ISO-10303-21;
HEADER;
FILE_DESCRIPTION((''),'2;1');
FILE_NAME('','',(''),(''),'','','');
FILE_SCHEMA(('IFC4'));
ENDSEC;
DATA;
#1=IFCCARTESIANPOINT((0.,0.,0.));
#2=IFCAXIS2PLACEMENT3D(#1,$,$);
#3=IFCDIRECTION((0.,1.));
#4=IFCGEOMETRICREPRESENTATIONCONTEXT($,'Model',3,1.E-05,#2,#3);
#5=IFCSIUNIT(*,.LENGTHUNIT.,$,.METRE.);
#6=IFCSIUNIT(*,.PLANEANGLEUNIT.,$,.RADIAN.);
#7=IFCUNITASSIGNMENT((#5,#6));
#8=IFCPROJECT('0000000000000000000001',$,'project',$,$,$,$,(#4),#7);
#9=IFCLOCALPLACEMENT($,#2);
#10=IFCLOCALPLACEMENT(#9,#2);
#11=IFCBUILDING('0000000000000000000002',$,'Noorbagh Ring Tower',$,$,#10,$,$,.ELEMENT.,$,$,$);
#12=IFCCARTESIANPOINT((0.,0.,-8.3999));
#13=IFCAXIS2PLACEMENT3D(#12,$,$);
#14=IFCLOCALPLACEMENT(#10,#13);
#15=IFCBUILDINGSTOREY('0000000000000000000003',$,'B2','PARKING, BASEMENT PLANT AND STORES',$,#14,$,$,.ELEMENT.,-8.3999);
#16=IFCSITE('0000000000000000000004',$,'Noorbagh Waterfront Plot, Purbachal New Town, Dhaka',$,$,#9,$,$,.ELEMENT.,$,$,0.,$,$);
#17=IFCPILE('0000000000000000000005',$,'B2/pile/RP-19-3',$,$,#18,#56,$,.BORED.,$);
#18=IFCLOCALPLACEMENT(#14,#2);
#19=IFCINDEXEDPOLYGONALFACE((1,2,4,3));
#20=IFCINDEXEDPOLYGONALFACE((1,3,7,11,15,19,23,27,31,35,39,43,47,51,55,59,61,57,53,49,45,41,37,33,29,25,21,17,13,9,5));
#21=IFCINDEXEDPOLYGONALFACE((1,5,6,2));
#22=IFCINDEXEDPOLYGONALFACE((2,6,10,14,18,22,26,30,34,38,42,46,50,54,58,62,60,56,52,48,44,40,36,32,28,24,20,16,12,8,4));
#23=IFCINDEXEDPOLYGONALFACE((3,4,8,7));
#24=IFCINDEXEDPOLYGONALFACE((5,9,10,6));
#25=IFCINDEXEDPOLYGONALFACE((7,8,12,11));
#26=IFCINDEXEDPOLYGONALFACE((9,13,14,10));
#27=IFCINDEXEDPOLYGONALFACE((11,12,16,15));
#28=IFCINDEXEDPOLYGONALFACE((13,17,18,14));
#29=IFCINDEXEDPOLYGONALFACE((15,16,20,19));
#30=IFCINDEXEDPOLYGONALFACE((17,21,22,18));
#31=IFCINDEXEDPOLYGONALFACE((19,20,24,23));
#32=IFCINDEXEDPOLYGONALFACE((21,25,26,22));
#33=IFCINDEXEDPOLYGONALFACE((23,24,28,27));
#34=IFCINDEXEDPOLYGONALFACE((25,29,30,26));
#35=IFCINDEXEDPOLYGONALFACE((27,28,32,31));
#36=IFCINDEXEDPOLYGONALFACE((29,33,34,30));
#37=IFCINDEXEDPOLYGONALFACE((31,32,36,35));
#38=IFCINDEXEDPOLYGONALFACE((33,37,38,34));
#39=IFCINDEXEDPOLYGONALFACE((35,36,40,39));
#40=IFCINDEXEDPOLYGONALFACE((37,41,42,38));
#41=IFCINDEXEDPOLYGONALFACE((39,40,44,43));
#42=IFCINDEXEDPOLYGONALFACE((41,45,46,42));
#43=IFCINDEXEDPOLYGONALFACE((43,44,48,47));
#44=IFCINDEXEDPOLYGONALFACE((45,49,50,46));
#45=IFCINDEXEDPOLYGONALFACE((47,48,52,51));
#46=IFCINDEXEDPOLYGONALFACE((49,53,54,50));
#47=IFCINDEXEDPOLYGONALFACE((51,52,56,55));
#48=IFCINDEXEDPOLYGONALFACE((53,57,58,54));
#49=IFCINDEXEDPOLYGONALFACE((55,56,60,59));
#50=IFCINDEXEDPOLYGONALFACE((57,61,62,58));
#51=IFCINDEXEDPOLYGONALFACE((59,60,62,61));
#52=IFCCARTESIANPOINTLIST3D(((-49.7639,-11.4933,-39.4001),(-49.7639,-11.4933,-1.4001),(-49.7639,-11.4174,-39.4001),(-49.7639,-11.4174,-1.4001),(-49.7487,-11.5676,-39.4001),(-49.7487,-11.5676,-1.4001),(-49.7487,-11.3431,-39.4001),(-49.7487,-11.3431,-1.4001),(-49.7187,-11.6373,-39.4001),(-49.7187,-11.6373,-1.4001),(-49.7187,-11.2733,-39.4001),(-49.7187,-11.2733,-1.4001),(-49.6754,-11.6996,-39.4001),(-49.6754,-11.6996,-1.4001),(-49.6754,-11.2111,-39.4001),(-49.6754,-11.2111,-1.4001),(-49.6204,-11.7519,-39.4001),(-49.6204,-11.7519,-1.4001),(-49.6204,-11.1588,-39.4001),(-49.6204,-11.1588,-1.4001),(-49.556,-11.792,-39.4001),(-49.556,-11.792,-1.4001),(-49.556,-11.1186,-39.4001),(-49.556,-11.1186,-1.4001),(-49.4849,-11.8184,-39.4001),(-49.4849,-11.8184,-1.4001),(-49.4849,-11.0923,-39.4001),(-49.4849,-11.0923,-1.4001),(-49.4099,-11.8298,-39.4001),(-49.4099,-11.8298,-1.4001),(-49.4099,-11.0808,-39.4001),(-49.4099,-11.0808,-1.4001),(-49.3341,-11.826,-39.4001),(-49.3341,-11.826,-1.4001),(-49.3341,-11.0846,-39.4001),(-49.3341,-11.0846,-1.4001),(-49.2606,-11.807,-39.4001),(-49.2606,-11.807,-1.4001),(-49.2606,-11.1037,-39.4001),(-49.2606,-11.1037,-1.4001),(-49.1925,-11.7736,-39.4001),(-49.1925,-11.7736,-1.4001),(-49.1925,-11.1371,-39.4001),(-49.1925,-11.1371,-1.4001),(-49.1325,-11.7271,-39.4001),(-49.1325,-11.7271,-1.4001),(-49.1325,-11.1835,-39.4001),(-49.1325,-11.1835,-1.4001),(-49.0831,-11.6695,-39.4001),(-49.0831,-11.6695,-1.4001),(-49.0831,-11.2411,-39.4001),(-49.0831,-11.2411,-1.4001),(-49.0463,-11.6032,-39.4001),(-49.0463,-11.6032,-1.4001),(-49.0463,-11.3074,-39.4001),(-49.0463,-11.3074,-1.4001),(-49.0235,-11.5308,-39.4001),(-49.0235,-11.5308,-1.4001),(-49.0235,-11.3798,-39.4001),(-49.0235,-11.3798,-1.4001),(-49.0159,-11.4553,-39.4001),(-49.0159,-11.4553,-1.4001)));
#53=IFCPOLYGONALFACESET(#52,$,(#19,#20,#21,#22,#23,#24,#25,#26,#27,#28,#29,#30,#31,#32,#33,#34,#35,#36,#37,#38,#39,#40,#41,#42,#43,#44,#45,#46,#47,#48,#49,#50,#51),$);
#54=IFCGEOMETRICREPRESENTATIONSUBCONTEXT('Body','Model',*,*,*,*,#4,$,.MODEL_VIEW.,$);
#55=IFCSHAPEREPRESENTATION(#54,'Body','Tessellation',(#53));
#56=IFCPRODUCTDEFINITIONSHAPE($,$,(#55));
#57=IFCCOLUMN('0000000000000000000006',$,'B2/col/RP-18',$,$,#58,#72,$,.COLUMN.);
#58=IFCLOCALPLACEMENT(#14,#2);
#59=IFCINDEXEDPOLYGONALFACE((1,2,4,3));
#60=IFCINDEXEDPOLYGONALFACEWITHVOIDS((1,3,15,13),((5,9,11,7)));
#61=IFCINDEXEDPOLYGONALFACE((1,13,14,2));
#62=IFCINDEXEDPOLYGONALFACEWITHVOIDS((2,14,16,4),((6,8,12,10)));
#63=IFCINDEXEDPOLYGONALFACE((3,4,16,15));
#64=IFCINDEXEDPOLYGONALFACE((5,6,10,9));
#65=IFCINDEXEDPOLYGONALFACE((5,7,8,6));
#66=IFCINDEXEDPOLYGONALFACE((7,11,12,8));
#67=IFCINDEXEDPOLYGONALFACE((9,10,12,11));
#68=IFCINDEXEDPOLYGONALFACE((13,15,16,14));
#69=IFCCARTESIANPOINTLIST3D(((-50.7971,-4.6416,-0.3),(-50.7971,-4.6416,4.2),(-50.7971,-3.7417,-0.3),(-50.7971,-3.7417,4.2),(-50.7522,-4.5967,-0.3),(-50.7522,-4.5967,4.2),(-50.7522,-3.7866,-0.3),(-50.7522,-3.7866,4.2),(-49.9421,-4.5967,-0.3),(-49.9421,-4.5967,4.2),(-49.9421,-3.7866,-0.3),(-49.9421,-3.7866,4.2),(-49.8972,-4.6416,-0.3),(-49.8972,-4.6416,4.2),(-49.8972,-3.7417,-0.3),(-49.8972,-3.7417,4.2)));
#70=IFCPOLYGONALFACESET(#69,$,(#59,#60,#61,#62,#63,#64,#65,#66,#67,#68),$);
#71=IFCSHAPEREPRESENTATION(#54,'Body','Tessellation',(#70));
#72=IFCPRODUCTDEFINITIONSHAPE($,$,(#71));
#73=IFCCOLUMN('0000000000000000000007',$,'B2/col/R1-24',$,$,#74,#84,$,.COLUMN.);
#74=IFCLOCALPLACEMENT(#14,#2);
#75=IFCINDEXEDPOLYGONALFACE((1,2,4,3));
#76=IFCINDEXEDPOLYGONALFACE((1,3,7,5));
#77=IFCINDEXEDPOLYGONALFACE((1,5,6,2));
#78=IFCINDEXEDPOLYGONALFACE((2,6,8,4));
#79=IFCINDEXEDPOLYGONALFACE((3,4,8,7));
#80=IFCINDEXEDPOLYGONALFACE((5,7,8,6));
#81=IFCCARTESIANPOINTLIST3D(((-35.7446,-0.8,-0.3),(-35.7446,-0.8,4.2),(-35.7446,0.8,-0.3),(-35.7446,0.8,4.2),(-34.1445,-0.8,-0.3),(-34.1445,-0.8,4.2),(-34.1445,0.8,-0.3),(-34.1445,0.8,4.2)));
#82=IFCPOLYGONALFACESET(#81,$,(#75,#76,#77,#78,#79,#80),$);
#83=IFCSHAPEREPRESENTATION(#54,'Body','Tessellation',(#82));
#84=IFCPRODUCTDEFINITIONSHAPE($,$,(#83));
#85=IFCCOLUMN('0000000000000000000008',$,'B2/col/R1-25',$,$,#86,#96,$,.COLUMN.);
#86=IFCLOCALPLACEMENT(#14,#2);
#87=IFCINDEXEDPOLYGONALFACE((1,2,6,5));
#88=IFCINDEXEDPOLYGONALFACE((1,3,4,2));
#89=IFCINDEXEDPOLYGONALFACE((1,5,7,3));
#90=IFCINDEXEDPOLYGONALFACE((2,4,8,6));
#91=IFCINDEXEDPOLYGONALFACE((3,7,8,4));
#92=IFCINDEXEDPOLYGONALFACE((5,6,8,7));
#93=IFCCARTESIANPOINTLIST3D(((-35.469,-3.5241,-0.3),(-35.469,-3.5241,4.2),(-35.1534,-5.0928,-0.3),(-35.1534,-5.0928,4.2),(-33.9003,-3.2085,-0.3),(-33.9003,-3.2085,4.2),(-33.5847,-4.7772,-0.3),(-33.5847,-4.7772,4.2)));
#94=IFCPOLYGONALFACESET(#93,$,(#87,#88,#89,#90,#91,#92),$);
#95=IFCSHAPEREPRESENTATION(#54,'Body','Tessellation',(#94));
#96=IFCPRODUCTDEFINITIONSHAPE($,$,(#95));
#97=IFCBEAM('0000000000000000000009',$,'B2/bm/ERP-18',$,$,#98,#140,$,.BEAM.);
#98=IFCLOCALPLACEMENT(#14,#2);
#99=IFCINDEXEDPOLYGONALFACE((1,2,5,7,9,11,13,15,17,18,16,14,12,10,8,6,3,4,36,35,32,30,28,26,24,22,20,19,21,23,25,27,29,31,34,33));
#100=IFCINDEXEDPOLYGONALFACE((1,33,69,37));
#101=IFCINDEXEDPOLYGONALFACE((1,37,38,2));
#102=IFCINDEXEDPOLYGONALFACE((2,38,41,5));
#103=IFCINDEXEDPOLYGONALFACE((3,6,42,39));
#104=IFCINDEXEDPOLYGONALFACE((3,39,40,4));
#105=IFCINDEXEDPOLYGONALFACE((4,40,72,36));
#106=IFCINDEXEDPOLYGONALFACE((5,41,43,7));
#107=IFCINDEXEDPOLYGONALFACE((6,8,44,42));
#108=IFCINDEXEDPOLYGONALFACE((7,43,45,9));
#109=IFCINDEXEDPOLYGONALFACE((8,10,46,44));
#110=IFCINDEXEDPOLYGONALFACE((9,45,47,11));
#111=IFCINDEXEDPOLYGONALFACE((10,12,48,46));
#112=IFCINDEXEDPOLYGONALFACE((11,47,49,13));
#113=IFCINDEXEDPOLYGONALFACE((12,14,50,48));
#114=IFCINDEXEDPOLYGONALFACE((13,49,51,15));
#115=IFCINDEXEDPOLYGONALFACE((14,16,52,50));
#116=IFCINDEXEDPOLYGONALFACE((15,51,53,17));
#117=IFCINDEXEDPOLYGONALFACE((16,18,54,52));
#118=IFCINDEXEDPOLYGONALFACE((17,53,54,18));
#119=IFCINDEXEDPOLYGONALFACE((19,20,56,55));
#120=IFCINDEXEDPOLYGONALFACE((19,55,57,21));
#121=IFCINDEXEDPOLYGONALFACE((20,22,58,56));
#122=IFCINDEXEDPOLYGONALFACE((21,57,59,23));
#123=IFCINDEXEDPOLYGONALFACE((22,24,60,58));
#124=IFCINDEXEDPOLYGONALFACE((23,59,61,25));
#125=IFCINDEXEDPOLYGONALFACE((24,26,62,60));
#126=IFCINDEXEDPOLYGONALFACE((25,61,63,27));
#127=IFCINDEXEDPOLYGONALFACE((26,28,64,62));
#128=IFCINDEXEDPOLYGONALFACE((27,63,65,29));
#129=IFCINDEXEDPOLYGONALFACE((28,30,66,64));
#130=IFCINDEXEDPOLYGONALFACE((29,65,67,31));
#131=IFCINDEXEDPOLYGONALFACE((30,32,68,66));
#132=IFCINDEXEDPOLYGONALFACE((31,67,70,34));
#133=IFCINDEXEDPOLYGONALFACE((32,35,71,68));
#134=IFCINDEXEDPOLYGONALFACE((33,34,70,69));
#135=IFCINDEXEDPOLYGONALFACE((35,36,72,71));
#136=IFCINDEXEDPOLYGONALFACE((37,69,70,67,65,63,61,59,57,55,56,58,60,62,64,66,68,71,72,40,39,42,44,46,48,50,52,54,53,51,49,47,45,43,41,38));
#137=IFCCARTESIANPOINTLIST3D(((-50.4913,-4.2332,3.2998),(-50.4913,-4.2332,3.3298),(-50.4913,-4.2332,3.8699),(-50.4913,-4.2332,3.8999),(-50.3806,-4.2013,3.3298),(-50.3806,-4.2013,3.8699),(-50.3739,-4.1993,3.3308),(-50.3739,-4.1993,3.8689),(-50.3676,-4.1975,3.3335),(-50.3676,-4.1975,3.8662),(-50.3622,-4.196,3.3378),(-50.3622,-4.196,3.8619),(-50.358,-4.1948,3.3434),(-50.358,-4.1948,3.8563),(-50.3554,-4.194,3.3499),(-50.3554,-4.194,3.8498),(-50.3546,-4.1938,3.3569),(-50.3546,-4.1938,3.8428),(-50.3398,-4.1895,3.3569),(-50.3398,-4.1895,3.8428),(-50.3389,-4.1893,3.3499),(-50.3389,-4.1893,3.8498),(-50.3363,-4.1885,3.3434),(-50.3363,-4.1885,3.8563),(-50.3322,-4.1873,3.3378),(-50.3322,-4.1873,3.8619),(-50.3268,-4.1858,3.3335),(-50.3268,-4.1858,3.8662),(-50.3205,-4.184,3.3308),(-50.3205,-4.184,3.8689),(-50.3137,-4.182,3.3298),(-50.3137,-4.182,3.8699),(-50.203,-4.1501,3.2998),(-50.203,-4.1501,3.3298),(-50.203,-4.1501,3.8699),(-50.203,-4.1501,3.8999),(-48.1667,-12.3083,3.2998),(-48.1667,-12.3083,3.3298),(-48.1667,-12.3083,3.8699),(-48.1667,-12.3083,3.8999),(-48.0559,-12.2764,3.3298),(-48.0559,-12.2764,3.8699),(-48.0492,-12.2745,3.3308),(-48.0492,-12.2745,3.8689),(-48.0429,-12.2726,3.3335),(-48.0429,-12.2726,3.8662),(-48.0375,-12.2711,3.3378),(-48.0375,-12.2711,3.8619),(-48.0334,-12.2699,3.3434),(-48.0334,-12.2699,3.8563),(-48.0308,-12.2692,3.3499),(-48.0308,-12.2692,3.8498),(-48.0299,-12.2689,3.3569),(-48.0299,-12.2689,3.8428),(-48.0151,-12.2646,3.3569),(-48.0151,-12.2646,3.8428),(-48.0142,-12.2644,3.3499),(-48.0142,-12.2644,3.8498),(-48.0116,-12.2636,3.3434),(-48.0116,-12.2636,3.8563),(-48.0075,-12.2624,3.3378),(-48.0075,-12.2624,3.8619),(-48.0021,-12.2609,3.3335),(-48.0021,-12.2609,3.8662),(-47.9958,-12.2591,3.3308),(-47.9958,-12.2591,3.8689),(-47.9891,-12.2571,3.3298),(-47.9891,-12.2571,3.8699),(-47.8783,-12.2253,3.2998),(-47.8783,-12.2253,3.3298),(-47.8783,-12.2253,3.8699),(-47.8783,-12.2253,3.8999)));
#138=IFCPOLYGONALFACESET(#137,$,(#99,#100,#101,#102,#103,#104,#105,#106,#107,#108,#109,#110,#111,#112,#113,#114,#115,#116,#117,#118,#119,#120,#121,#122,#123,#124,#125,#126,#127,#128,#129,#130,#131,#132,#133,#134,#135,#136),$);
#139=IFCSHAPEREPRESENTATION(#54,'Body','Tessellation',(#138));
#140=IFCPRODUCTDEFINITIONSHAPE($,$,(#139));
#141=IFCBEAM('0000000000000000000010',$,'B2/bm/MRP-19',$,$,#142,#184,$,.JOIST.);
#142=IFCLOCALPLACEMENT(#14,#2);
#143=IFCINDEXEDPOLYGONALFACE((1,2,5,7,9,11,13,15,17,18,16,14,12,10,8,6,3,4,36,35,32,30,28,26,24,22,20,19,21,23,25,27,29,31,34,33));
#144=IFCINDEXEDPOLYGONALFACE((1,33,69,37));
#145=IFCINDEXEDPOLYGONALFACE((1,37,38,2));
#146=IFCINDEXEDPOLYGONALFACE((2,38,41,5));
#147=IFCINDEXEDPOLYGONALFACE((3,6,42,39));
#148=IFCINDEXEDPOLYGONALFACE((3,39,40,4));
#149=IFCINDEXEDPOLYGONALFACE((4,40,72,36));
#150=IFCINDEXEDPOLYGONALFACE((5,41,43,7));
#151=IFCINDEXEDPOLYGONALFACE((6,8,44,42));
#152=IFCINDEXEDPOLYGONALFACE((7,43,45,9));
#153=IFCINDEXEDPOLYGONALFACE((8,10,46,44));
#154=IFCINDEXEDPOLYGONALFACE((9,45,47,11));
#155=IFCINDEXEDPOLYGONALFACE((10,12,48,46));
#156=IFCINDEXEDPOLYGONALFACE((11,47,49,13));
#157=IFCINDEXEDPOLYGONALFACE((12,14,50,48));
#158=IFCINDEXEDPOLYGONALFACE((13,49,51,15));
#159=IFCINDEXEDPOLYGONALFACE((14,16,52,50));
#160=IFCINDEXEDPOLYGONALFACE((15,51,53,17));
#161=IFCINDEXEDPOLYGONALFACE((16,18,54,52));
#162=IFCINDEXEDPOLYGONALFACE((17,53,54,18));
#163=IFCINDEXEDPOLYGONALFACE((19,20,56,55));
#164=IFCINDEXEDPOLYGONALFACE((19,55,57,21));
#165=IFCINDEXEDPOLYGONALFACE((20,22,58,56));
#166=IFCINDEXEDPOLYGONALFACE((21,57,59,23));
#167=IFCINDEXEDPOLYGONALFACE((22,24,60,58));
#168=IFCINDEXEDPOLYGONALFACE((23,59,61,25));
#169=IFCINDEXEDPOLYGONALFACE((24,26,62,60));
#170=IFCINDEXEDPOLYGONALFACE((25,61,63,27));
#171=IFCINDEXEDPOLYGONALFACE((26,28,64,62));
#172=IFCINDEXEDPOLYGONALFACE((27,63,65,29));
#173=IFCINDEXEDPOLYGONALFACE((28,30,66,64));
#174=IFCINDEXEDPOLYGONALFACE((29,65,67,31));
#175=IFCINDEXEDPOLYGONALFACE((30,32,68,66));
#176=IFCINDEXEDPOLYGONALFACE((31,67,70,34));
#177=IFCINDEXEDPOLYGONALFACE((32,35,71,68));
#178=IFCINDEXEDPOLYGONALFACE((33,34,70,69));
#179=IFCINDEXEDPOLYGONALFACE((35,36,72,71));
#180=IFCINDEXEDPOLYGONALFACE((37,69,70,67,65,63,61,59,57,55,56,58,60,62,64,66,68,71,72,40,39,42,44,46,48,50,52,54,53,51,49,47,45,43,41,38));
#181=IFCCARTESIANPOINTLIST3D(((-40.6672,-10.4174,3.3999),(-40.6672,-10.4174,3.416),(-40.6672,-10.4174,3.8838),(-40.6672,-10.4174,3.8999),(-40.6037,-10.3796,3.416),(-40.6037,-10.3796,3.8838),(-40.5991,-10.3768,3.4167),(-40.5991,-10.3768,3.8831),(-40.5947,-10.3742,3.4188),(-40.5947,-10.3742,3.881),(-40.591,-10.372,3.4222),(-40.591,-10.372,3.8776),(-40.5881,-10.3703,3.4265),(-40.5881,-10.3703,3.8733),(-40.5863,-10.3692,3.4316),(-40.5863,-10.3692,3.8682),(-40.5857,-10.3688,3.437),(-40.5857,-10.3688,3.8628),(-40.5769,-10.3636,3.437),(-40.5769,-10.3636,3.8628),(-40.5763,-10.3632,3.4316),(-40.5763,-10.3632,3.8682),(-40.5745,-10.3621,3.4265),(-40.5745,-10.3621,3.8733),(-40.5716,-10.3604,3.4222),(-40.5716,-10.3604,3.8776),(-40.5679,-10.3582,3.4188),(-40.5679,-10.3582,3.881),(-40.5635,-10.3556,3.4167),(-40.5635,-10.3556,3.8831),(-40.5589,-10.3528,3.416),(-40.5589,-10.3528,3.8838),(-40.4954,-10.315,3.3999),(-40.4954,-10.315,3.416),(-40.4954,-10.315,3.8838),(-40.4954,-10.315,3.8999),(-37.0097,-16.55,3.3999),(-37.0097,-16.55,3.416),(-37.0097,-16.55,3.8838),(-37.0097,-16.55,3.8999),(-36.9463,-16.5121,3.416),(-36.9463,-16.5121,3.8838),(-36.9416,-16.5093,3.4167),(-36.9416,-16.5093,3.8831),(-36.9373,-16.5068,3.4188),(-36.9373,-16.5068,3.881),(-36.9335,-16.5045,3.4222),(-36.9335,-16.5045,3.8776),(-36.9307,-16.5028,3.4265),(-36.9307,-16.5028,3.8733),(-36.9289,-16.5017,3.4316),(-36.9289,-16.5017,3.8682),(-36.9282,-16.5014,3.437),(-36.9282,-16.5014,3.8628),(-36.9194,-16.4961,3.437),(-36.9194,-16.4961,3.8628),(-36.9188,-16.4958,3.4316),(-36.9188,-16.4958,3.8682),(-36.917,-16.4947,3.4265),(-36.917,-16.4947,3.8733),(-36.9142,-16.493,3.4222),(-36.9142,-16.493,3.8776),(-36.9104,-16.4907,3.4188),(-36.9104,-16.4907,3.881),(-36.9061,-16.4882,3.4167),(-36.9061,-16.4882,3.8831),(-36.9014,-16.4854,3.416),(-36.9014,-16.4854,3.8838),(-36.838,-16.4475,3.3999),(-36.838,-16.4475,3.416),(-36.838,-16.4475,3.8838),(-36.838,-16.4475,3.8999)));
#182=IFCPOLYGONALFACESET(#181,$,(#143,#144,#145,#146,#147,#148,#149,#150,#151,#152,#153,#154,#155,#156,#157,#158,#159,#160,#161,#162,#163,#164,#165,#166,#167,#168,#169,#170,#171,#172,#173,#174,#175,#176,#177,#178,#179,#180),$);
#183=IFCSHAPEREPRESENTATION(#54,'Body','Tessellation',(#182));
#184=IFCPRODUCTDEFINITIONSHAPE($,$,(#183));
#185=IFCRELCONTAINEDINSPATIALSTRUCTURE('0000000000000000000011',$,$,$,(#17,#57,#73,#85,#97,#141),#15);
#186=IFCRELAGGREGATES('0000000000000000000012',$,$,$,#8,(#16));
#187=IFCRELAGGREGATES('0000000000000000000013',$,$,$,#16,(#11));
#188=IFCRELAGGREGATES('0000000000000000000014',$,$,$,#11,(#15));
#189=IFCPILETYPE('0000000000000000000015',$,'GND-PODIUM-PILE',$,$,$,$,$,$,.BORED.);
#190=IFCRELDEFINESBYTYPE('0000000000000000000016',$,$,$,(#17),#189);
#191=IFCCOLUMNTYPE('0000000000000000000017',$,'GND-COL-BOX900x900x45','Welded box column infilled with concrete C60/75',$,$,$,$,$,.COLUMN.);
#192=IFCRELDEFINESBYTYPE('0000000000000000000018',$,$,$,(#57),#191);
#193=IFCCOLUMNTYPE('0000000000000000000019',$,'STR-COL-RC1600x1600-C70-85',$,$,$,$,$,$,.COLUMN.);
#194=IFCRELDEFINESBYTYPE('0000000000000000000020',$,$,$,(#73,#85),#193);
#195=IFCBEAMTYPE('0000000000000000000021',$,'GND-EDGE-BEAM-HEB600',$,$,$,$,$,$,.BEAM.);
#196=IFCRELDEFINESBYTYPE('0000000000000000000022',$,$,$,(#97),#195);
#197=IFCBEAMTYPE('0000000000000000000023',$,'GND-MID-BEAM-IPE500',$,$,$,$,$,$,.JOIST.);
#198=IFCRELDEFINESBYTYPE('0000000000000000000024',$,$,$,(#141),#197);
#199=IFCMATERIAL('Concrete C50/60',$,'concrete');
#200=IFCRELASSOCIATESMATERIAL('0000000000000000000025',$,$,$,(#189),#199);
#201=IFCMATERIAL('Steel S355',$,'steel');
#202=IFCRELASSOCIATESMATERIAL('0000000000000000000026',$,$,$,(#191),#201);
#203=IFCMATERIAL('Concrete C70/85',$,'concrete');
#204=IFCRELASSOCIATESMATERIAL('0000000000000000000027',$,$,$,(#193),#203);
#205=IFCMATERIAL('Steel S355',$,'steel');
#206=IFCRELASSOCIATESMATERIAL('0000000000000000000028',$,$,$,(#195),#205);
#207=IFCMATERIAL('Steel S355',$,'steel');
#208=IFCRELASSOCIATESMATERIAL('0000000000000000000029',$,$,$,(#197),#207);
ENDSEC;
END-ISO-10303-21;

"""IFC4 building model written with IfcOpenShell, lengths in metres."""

from ifc_helpers import new_model, si_unit, direction, frame, origin, origin_2d, place, context, subcontext, project, spatial, rectangle, hollow_rectangle, circle, i_section, extrude, material, material_profile, profile_set, type_object, element, save


model = new_model("IFC4")

# Units and contexts
model_context = context("Model", 3, precision=1e-05, world=origin(), true_north=direction((0.0, 1.0)))
body_context = subcontext(model_context, "Body", "Model", "MODEL_VIEW")
ifc_project = project(units=[si_unit("LENGTHUNIT", "METRE"), si_unit("PLANEANGLEUNIT", "RADIAN")], contexts=[model_context])

# Site, building, storey
site_placement = place(None, origin())
site = spatial("IfcSite", under=ifc_project, at=site_placement, Name="Noorbagh Waterfront Plot, Purbachal New Town, Dhaka", CompositionType="ELEMENT", RefElevation=0.0)
building_placement = place(site_placement, origin())
building = spatial("IfcBuilding", under=site, at=building_placement, Name="Noorbagh Ring Tower", CompositionType="ELEMENT")
storey_placement = place(building_placement, frame((0.0, 0.0, -8.3999)))
storey = spatial("IfcBuildingStorey", under=building, at=storey_placement, Name="B2", Description="PARKING, BASEMENT PLANT AND STORES", CompositionType="ELEMENT", Elevation=-8.3999)

# Pile
ifc_material_1 = material(Name="Concrete C50/60", Category="concrete")
ifc_material_profile_1 = material_profile(ifc_material_1, circle(Radius=0.375, at=origin_2d()), Name="PILE750")
ifc_profile_set_1 = profile_set([ifc_material_profile_1], Name="Concrete C50/60")
pile_type = type_object("IfcPileType", Name="GND-PODIUM-PILE", PredefinedType="BORED", material=ifc_profile_set_1)
for number, where, z_axis, x_axis, name in (
    (1, (-49.3909, -11.4553, -1.4001), (0.0, 0.0, -1.0), (1.0, 0.0, 0.0), "B2/pile/RP-19-3"),
):
    element("IfcPile", number, at=place(storey_placement, frame(where, z_axis=z_axis, x_axis=x_axis)), inside=storey, type_object=pile_type, Name=name, PredefinedType="BORED", context=body_context, shape_type="SweptSolid", body=[
        extrude(circle(Radius=0.375, at=origin_2d()), origin(), (0.0, 0.0, 1.0), 38.0),
    ])

# Columns
ifc_material_2 = material(Name="Steel S355", Category="steel")
ifc_material_profile_2 = material_profile(ifc_material_2, hollow_rectangle(XDim=0.8999, YDim=0.8999, WallThickness=0.0449, at=origin_2d()), Name="BOX900x900x45")
ifc_profile_set_2 = profile_set([ifc_material_profile_2], Name="Steel S355")
column_type_1 = type_object("IfcColumnType", Name="GND-COL-BOX900x900x45", Description="Welded box column infilled with concrete C60/75", PredefinedType="COLUMN", material=ifc_profile_set_2)
column_placement = place(storey_placement, frame((-50.3472, -4.1917, -0.3), z_axis=(0.0, 0.0, 1.0), x_axis=(1.0, 0.0, 0.0)))
element("IfcColumn", 2, at=column_placement, inside=storey, type_object=column_type_1, Name="B2/col/RP-18", PredefinedType="COLUMN", context=body_context, shape_type="SweptSolid", body=[
    extrude(hollow_rectangle(XDim=0.8999, YDim=0.8999, WallThickness=0.0449, at=origin_2d()), origin(), (0.0, 0.0, 1.0), 4.5),
])
ifc_material_3 = material(Name="Concrete C70/85", Category="concrete")
ifc_material_profile_3 = material_profile(ifc_material_3, rectangle(XDim=1.6001, YDim=1.6001, at=origin_2d()), Name="RC1600x1600")
ifc_profile_set_3 = profile_set([ifc_material_profile_3], Name="Concrete C70/85")
column_type_2 = type_object("IfcColumnType", Name="STR-COL-RC1600x1600-C70-85", PredefinedType="COLUMN", material=ifc_profile_set_3)
for number, where, z_axis, x_axis, name in (
    (3, (-34.9446, 0.0, -0.3), (0.0, 0.0, 1.0), (0.0, -1.0, 0.0), "B2/col/R1-24"),
    (4, (-34.5269, -4.1506, -0.3), (0.0, 0.0, 1.0), (0.19723, -0.980357, 0.0), "B2/col/R1-25"),
):
    element("IfcColumn", number, at=place(storey_placement, frame(where, z_axis=z_axis, x_axis=x_axis)), inside=storey, type_object=column_type_2, Name=name, PredefinedType="COLUMN", context=body_context, shape_type="SweptSolid", body=[
        extrude(rectangle(XDim=1.6001, YDim=1.6001, at=origin_2d()), origin(), (0.0, 0.0, 1.0), 4.5),
    ])

# Beams
ifc_material_4 = material(Name="Steel S355", Category="steel")
ifc_material_profile_4 = material_profile(ifc_material_4, i_section(OverallWidth=0.3, OverallDepth=0.6001, WebThickness=0.0154, FlangeThickness=0.03, FilletRadius=0.0271, at=origin_2d()), Name="HEB600")
ifc_profile_set_4 = profile_set([ifc_material_profile_4], Name="Steel S355")
beam_type_1 = type_object("IfcBeamType", Name="GND-EDGE-BEAM-HEB600", PredefinedType="BEAM", material=ifc_profile_set_4)
beam_1_placement = place(storey_placement, frame((-50.3472, -4.1917, 3.5999), z_axis=(0.276647, -0.960972, 0.0), x_axis=(0.960972, 0.276647, 0.0)))
element("IfcBeam", 5, at=beam_1_placement, inside=storey, type_object=beam_type_1, Name="B2/bm/ERP-18", PredefinedType="BEAM", context=body_context, shape_type="SweptSolid", body=[
    extrude(i_section(OverallWidth=0.3, OverallDepth=0.6001, WebThickness=0.0154, FlangeThickness=0.03, FilletRadius=0.0271, at=origin_2d()), origin(), (0.0, 0.0, 1.0), 8.4031),
])
ifc_material_5 = material(Name="Steel S355", Category="steel")
ifc_material_profile_5 = material_profile(ifc_material_5, i_section(OverallWidth=0.2, OverallDepth=0.5, WebThickness=0.0103, FlangeThickness=0.0161, FilletRadius=0.021, at=origin_2d()), Name="IPE500")
ifc_profile_set_5 = profile_set([ifc_material_profile_5], Name="Steel S355")
beam_type_2 = type_object("IfcBeamType", Name="GND-MID-BEAM-IPE500", PredefinedType="JOIST", material=ifc_profile_set_5)
beam_2_placement = place(storey_placement, frame((-40.5813, -10.3662, 3.6499), z_axis=(0.512221, -0.858854, 0.0), x_axis=(0.858854, 0.512221, 0.0)))
element("IfcBeam", 6, at=beam_2_placement, inside=storey, type_object=beam_type_2, Name="B2/bm/MRP-19", PredefinedType="JOIST", context=body_context, shape_type="SweptSolid", body=[
    extrude(i_section(OverallWidth=0.2, OverallDepth=0.5, WebThickness=0.0103, FlangeThickness=0.0161, FilletRadius=0.021, at=origin_2d()), origin(), (0.0, 0.0, 1.0), 7.1404),
])

save(model, "model.ifc")
